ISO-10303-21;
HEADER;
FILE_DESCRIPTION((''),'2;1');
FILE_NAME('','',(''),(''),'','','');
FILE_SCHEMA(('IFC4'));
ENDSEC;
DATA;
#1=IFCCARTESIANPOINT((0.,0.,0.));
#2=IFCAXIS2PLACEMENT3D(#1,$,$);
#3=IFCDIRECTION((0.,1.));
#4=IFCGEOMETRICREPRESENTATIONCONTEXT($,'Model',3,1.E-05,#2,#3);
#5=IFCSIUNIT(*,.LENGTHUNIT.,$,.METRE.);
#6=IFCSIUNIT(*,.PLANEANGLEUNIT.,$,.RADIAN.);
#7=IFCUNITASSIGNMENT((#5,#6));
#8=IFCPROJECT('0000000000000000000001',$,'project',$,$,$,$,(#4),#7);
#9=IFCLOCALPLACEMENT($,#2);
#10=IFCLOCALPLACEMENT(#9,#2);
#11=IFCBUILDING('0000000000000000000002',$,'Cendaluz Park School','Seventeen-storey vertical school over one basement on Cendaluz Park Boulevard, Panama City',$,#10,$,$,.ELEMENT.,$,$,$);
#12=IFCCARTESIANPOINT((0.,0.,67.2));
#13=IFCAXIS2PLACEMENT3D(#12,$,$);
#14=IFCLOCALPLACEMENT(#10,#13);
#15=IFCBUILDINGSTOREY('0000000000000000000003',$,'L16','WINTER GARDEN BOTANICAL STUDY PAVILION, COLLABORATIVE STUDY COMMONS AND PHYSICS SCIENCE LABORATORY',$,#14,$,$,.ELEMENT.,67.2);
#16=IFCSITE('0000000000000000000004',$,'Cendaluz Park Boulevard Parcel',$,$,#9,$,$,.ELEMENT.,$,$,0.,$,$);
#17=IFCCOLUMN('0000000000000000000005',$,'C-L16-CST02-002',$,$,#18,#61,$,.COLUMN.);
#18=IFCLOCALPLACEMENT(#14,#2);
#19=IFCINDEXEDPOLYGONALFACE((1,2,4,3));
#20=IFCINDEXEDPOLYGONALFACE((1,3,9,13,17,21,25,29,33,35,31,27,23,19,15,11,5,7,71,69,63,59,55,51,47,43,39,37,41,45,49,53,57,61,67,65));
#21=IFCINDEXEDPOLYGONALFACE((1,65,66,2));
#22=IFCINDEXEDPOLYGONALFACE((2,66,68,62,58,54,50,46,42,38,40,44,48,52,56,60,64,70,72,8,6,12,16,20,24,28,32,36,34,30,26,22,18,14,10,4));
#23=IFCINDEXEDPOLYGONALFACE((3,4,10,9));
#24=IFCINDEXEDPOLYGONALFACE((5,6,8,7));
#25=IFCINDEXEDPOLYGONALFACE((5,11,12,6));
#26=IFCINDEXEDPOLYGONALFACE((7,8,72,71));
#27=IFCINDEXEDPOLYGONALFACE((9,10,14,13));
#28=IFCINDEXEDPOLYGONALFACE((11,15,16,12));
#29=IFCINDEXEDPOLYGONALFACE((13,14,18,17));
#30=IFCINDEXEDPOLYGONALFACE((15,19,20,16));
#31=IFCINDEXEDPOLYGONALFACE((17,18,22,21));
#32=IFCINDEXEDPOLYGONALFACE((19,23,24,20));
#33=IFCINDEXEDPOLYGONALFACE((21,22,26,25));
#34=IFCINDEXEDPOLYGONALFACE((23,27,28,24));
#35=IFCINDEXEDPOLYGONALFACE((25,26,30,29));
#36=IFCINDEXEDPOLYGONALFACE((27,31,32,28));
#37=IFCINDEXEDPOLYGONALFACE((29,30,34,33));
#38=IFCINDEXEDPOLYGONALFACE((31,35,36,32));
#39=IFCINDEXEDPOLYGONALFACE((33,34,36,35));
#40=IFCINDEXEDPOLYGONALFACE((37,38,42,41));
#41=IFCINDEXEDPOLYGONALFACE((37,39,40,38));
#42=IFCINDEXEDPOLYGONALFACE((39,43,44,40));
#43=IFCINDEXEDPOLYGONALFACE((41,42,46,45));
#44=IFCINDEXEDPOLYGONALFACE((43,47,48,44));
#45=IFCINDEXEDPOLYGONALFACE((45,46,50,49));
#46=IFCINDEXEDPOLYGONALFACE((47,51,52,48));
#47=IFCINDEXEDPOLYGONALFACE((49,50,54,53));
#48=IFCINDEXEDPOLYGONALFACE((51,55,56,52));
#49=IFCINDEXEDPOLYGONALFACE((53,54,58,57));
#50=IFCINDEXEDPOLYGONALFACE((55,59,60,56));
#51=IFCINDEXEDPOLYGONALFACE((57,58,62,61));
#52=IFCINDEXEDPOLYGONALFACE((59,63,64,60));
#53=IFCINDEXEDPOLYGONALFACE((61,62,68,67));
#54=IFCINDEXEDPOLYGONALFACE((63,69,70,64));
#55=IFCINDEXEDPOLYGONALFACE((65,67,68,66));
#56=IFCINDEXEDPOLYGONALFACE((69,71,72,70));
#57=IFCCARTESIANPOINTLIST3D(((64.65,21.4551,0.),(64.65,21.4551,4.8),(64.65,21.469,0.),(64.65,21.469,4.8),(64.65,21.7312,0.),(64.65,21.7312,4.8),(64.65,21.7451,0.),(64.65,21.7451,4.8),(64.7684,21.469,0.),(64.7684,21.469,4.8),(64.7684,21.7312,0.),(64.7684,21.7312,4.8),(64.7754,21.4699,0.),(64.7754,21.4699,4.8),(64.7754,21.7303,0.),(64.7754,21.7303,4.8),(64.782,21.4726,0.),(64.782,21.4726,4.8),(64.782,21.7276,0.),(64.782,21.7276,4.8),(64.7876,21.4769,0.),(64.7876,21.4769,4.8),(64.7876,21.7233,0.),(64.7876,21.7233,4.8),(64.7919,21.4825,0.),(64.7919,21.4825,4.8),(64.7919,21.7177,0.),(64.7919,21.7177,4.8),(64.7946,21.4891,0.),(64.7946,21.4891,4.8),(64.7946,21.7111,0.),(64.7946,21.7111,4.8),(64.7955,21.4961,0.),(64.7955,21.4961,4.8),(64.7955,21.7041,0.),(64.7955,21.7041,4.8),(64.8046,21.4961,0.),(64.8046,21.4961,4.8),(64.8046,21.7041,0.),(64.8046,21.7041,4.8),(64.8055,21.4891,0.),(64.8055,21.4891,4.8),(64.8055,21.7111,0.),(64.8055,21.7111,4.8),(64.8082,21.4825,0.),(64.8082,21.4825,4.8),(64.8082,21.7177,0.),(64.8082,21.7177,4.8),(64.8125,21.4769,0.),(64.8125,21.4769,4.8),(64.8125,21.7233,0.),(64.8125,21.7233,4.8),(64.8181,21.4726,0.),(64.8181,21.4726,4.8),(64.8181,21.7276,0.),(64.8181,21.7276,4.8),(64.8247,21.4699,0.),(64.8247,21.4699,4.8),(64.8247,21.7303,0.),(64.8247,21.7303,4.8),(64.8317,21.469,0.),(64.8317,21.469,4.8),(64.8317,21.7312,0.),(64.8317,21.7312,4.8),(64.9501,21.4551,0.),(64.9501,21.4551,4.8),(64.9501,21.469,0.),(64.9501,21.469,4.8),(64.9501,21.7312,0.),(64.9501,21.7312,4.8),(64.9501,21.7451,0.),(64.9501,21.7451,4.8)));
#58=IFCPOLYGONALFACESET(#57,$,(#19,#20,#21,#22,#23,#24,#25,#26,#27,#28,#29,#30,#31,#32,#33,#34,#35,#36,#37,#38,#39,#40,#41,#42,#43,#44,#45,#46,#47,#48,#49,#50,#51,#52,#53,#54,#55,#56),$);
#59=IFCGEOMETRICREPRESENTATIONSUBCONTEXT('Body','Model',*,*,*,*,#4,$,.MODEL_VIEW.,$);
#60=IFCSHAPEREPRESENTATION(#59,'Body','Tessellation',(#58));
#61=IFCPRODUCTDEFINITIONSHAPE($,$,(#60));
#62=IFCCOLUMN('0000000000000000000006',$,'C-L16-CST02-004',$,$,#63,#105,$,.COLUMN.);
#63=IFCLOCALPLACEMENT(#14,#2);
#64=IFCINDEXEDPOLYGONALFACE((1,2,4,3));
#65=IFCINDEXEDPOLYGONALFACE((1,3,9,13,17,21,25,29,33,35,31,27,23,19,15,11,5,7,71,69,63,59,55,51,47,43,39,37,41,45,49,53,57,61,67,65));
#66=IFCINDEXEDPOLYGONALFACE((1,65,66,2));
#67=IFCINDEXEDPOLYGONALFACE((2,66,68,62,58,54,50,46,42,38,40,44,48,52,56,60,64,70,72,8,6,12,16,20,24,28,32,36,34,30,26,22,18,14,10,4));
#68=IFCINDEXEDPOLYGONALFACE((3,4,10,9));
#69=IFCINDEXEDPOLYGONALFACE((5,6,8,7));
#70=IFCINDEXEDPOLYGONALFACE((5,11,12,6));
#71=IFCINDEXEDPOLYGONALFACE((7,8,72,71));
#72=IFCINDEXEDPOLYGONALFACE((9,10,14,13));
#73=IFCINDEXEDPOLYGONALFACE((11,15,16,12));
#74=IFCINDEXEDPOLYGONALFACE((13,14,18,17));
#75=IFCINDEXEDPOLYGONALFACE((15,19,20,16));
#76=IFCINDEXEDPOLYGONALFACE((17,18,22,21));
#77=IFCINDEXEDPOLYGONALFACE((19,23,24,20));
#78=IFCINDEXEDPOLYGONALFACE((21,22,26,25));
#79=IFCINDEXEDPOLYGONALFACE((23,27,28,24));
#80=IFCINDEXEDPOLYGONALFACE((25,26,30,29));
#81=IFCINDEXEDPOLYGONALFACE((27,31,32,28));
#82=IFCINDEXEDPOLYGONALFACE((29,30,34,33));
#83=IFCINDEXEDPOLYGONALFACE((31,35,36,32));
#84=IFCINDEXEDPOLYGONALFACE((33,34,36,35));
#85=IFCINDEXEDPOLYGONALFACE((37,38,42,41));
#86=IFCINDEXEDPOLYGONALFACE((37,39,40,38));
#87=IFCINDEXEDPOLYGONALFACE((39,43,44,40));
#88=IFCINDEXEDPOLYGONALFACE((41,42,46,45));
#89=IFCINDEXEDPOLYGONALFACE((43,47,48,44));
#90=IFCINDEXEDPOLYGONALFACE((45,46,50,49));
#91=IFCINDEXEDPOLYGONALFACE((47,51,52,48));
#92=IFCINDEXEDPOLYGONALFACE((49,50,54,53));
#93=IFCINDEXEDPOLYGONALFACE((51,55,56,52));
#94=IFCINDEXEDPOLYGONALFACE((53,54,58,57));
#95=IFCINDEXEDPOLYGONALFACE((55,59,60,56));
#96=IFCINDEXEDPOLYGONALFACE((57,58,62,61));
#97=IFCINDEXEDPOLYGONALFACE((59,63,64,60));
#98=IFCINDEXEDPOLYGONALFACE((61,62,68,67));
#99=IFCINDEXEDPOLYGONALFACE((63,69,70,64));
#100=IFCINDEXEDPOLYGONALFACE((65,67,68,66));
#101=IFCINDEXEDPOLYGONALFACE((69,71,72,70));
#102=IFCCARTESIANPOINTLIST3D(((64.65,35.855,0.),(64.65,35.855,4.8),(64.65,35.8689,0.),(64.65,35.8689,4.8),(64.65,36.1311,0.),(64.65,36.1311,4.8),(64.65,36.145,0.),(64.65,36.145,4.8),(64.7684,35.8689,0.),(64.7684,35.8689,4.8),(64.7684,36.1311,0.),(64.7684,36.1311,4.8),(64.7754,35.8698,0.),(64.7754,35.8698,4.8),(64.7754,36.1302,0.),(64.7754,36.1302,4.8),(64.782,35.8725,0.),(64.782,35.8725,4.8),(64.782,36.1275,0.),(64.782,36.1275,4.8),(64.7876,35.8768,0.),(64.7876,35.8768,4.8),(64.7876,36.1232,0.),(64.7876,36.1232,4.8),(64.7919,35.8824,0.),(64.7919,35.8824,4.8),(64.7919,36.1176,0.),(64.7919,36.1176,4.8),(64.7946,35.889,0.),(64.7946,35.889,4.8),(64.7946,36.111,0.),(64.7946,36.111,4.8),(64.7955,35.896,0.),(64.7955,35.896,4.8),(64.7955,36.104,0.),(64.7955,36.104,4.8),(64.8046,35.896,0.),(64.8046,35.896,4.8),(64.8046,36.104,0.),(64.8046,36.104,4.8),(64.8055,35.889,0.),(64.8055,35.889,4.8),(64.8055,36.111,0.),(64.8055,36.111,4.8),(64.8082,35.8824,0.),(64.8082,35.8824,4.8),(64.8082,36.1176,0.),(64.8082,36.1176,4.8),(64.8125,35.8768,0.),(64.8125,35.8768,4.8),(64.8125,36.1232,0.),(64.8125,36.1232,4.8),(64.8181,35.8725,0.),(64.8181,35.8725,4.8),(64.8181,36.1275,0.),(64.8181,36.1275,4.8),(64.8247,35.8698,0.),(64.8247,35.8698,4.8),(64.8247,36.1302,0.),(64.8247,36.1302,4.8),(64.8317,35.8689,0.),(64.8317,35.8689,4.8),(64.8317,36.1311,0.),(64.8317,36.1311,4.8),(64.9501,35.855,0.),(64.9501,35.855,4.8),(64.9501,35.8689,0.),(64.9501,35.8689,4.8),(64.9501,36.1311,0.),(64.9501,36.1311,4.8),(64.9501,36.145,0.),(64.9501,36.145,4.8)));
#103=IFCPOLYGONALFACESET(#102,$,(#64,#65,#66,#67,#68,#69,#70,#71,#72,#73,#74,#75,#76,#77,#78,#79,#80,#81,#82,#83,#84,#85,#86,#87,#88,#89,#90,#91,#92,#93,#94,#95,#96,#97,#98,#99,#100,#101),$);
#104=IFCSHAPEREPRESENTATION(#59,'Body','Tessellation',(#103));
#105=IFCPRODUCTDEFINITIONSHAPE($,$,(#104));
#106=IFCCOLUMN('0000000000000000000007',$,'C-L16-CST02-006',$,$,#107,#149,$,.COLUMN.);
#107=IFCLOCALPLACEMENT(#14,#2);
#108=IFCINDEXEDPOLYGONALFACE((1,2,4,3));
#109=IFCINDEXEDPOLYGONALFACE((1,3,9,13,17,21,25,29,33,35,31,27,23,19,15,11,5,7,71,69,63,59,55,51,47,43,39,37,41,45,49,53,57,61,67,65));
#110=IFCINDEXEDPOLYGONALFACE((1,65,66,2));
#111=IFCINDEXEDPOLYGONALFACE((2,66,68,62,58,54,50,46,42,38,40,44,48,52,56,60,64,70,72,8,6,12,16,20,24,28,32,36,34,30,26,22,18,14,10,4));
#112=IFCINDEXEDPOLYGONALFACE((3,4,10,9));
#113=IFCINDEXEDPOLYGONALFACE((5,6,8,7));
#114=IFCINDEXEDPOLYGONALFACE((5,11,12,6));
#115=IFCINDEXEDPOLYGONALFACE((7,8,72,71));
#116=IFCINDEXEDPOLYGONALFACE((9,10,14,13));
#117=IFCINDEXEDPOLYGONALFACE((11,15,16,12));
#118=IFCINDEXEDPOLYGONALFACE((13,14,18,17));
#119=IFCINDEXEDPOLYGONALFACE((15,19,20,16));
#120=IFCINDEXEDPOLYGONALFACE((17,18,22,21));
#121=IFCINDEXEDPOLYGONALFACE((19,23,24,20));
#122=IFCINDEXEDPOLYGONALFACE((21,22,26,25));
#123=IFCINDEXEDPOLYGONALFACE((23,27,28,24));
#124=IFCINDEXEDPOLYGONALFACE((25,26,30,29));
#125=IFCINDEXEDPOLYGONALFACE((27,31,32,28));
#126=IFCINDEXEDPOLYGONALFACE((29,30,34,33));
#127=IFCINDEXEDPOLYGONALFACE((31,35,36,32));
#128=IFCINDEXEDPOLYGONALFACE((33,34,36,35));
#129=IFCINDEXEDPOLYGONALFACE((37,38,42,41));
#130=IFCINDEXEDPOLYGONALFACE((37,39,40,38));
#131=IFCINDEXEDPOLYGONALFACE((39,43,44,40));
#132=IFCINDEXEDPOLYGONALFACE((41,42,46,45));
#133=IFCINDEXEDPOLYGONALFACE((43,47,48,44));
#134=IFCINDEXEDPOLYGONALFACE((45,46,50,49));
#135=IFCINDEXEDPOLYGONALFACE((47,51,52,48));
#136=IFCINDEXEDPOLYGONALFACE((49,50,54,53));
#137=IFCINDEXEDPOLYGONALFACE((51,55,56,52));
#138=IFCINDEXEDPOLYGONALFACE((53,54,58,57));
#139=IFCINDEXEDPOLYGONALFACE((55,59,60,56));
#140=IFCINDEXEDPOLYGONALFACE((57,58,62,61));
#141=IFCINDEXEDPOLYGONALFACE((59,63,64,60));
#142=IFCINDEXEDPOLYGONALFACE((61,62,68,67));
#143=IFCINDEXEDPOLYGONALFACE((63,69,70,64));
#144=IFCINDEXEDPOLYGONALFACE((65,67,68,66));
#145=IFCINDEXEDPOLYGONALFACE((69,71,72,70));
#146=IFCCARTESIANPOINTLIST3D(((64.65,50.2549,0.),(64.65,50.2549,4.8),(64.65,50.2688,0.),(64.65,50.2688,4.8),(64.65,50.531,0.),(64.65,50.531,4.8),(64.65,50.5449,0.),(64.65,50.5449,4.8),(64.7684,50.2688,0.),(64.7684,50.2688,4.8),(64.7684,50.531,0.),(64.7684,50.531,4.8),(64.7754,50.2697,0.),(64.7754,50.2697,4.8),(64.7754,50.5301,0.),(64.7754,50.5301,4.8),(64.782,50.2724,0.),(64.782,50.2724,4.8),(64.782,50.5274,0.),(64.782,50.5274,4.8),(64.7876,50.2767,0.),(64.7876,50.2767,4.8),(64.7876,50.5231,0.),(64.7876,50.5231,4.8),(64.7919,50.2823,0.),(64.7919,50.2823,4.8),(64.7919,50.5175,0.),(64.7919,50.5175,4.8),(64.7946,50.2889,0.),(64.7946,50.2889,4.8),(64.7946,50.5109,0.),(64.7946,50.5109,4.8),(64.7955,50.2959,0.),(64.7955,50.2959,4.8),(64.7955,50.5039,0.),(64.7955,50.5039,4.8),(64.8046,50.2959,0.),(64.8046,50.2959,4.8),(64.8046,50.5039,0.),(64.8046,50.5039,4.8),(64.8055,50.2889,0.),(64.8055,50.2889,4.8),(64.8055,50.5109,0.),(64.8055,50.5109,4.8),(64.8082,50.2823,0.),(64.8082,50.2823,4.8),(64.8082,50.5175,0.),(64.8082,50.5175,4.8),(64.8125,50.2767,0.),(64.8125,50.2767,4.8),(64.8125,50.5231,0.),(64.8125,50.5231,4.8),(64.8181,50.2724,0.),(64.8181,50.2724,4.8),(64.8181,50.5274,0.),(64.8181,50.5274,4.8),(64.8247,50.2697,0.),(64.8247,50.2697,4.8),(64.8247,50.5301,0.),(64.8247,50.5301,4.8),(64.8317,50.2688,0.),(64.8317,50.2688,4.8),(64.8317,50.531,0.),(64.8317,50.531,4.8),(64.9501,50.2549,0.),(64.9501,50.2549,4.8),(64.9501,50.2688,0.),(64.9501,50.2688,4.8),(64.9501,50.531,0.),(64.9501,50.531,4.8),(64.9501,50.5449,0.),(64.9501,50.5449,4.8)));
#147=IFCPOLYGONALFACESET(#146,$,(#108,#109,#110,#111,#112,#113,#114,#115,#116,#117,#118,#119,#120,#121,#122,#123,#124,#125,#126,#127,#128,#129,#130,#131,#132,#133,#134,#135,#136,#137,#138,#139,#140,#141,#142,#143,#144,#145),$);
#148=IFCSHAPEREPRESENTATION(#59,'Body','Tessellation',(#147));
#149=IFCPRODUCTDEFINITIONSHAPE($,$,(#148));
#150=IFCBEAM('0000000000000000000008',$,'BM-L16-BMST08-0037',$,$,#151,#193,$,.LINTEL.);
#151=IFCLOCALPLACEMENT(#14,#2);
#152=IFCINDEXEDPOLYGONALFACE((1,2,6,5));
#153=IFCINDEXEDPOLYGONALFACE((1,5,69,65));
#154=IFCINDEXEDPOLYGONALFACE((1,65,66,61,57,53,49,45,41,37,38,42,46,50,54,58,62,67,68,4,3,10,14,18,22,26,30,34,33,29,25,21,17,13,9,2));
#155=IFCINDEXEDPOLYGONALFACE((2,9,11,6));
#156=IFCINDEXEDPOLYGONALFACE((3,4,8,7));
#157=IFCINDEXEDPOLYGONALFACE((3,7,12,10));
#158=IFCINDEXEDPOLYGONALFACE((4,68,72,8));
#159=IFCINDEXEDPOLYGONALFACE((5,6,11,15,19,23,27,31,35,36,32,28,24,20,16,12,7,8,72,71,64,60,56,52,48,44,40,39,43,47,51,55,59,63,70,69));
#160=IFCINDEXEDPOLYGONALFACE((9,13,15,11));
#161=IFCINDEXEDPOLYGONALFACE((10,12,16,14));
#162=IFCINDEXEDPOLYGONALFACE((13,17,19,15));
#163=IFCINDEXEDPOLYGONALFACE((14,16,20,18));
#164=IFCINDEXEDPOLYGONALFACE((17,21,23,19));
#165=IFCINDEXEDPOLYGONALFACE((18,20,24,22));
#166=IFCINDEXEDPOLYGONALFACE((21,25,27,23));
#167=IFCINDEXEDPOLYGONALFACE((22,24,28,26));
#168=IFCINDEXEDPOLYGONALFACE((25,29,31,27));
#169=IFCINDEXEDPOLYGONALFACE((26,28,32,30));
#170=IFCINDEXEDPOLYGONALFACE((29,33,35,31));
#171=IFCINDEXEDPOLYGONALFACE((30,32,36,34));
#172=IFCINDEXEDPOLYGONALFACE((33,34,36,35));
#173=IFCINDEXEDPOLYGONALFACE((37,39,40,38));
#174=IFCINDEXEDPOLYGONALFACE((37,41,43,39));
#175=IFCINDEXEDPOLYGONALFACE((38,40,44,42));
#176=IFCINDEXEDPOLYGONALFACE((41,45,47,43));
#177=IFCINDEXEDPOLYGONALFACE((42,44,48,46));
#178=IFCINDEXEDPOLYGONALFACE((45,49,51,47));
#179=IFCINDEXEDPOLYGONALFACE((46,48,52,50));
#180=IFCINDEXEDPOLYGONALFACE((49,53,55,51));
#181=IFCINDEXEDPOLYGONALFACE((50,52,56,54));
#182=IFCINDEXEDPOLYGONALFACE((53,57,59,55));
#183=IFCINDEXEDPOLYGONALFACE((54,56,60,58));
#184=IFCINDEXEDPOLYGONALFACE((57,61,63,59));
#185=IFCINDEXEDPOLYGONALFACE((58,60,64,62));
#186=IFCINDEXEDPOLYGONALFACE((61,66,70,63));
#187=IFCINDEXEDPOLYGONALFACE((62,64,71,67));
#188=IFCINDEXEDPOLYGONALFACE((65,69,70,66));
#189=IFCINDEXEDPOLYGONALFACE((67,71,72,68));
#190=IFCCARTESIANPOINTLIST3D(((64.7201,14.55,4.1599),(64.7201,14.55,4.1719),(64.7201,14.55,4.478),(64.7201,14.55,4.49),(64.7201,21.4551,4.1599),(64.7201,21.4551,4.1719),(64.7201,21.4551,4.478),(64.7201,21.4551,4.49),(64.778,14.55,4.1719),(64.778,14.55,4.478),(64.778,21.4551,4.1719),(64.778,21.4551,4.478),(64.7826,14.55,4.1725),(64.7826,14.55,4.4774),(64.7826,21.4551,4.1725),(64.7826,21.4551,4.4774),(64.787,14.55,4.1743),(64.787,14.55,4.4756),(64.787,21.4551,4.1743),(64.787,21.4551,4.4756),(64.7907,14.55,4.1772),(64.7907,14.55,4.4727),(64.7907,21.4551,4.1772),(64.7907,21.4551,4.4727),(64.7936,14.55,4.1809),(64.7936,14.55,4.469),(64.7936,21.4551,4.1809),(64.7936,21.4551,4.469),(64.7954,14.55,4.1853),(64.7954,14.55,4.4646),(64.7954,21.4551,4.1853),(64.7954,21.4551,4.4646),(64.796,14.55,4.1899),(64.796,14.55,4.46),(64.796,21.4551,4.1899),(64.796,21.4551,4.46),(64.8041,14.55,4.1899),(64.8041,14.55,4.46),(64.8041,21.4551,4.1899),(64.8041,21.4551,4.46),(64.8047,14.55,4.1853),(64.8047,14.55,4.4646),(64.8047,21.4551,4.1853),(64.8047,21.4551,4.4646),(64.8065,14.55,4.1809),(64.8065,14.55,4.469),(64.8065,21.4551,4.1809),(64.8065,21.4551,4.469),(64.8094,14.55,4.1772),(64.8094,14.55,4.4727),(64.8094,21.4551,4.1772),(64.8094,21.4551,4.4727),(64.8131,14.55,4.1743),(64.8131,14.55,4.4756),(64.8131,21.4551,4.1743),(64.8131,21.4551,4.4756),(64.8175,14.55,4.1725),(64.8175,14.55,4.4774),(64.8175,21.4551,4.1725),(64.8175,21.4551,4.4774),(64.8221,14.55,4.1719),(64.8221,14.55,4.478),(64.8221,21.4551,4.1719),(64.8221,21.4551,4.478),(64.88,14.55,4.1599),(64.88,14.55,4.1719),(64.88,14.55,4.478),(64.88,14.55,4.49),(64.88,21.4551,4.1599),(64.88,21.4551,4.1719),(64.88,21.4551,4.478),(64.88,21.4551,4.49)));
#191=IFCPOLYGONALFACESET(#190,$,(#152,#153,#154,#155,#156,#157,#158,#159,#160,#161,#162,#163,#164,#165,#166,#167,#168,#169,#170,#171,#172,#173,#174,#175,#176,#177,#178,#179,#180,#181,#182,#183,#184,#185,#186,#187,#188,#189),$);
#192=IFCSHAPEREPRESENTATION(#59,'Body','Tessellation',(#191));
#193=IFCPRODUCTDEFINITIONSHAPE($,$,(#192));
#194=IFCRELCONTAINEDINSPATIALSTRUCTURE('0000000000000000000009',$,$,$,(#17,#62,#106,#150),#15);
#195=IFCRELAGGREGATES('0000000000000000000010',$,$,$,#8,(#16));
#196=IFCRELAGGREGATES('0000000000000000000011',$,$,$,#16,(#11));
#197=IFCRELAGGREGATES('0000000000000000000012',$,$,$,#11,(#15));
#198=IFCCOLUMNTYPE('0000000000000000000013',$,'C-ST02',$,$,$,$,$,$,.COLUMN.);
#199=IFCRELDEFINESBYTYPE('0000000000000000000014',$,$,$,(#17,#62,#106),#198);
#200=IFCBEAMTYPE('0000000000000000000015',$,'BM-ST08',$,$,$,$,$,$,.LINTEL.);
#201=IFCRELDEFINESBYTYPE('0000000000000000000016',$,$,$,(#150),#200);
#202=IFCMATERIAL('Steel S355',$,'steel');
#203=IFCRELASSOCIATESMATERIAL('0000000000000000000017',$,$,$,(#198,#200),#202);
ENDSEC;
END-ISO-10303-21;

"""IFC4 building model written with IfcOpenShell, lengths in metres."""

from ifc_helpers import new_model, si_unit, direction, frame, origin, origin_2d, place, context, subcontext, project, spatial, i_section, extrude, material, material_profile, profile_set, type_object, element, save


model = new_model("IFC4")

# Units and contexts
model_context = context("Model", 3, precision=1e-05, world=origin(), true_north=direction((0.0, 1.0)))
body_context = subcontext(model_context, "Body", "Model", "MODEL_VIEW")
ifc_project = project(units=[si_unit("LENGTHUNIT", "METRE"), si_unit("PLANEANGLEUNIT", "RADIAN")], contexts=[model_context])

# Site, building, storey
site_placement = place(None, origin())
site = spatial("IfcSite", under=ifc_project, at=site_placement, Name="Cendaluz Park Boulevard Parcel", CompositionType="ELEMENT", RefElevation=0.0)
building_placement = place(site_placement, origin())
building = spatial("IfcBuilding", under=site, at=building_placement, Name="Cendaluz Park School", Description="Seventeen-storey vertical school over one basement on Cendaluz Park Boulevard, Panama City", CompositionType="ELEMENT")
storey_placement = place(building_placement, frame((0.0, 0.0, 67.2)))
storey = spatial("IfcBuildingStorey", under=building, at=storey_placement, Name="L16", Description="WINTER GARDEN BOTANICAL STUDY PAVILION, COLLABORATIVE STUDY COMMONS AND PHYSICS SCIENCE LABORATORY", CompositionType="ELEMENT", Elevation=67.2)

# Columns
ifc_material_1 = material(Name="Steel S355", Category="steel")
ifc_material_profile_1 = material_profile(ifc_material_1, i_section(OverallWidth=0.3, OverallDepth=0.29, WebThickness=0.009, FlangeThickness=0.0139, FilletRadius=0.0271, at=origin_2d()), Name="HEA 300", Category="steel")
ifc_profile_set_1 = profile_set([ifc_material_profile_1], Name="Steel S355")
column_type_1 = type_object("IfcColumnType", Name="C-ST02", PredefinedType="COLUMN", material=ifc_profile_set_1)
for number, where, z_axis, x_axis, name in (
    (1, (64.8, 21.6001, 0.0), (0.0, 0.0, 1.0), (1.0, 0.0, 0.0), "C-L16-CST02-002"),
    (2, (64.8, 36.0, 0.0), (0.0, 0.0, 1.0), (1.0, 0.0, 0.0), "C-L16-CST02-004"),
    (3, (64.8, 50.3999, 0.0), (0.0, 0.0, 1.0), (1.0, 0.0, 0.0), "C-L16-CST02-006"),
):
    element("IfcColumn", number, at=place(storey_placement, frame(where, z_axis=z_axis, x_axis=x_axis)), inside=storey, type_object=column_type_1, Name=name, PredefinedType="COLUMN", context=body_context, shape_type="SweptSolid", body=[
        extrude(i_section(OverallWidth=0.3, OverallDepth=0.29, WebThickness=0.009, FlangeThickness=0.0139, FilletRadius=0.0271, at=origin_2d()), origin(), (0.0, 0.0, 1.0), 4.8),
    ])

# Beam
ifc_material_profile_2 = material_profile(ifc_material_1, i_section(OverallWidth=0.1599, OverallDepth=0.3301, WebThickness=0.0081, FlangeThickness=0.012, FilletRadius=0.0181, at=origin_2d()), Name="IPE 330", Category="steel")
ifc_profile_set_2 = profile_set([ifc_material_profile_2], Name="Steel S355")
beam_type = type_object("IfcBeamType", Name="BM-ST08", PredefinedType="LINTEL", material=ifc_profile_set_2)
beam_1_placement = place(storey_placement, frame((64.8, 14.55, 4.325), z_axis=(0.0, 1.0, 0.0), x_axis=(-1.0, 0.0, 0.0)))
element("IfcBeam", 4, at=beam_1_placement, inside=storey, type_object=beam_type, Name="BM-L16-BMST08-0037", PredefinedType="LINTEL", context=body_context, shape_type="SweptSolid", body=[
    extrude(i_section(OverallWidth=0.1599, OverallDepth=0.3301, WebThickness=0.0081, FlangeThickness=0.012, FilletRadius=0.0181, at=origin_2d()), origin(), (0.0, 0.0, 1.0), 6.905),
])

save(model, "model.ifc")
